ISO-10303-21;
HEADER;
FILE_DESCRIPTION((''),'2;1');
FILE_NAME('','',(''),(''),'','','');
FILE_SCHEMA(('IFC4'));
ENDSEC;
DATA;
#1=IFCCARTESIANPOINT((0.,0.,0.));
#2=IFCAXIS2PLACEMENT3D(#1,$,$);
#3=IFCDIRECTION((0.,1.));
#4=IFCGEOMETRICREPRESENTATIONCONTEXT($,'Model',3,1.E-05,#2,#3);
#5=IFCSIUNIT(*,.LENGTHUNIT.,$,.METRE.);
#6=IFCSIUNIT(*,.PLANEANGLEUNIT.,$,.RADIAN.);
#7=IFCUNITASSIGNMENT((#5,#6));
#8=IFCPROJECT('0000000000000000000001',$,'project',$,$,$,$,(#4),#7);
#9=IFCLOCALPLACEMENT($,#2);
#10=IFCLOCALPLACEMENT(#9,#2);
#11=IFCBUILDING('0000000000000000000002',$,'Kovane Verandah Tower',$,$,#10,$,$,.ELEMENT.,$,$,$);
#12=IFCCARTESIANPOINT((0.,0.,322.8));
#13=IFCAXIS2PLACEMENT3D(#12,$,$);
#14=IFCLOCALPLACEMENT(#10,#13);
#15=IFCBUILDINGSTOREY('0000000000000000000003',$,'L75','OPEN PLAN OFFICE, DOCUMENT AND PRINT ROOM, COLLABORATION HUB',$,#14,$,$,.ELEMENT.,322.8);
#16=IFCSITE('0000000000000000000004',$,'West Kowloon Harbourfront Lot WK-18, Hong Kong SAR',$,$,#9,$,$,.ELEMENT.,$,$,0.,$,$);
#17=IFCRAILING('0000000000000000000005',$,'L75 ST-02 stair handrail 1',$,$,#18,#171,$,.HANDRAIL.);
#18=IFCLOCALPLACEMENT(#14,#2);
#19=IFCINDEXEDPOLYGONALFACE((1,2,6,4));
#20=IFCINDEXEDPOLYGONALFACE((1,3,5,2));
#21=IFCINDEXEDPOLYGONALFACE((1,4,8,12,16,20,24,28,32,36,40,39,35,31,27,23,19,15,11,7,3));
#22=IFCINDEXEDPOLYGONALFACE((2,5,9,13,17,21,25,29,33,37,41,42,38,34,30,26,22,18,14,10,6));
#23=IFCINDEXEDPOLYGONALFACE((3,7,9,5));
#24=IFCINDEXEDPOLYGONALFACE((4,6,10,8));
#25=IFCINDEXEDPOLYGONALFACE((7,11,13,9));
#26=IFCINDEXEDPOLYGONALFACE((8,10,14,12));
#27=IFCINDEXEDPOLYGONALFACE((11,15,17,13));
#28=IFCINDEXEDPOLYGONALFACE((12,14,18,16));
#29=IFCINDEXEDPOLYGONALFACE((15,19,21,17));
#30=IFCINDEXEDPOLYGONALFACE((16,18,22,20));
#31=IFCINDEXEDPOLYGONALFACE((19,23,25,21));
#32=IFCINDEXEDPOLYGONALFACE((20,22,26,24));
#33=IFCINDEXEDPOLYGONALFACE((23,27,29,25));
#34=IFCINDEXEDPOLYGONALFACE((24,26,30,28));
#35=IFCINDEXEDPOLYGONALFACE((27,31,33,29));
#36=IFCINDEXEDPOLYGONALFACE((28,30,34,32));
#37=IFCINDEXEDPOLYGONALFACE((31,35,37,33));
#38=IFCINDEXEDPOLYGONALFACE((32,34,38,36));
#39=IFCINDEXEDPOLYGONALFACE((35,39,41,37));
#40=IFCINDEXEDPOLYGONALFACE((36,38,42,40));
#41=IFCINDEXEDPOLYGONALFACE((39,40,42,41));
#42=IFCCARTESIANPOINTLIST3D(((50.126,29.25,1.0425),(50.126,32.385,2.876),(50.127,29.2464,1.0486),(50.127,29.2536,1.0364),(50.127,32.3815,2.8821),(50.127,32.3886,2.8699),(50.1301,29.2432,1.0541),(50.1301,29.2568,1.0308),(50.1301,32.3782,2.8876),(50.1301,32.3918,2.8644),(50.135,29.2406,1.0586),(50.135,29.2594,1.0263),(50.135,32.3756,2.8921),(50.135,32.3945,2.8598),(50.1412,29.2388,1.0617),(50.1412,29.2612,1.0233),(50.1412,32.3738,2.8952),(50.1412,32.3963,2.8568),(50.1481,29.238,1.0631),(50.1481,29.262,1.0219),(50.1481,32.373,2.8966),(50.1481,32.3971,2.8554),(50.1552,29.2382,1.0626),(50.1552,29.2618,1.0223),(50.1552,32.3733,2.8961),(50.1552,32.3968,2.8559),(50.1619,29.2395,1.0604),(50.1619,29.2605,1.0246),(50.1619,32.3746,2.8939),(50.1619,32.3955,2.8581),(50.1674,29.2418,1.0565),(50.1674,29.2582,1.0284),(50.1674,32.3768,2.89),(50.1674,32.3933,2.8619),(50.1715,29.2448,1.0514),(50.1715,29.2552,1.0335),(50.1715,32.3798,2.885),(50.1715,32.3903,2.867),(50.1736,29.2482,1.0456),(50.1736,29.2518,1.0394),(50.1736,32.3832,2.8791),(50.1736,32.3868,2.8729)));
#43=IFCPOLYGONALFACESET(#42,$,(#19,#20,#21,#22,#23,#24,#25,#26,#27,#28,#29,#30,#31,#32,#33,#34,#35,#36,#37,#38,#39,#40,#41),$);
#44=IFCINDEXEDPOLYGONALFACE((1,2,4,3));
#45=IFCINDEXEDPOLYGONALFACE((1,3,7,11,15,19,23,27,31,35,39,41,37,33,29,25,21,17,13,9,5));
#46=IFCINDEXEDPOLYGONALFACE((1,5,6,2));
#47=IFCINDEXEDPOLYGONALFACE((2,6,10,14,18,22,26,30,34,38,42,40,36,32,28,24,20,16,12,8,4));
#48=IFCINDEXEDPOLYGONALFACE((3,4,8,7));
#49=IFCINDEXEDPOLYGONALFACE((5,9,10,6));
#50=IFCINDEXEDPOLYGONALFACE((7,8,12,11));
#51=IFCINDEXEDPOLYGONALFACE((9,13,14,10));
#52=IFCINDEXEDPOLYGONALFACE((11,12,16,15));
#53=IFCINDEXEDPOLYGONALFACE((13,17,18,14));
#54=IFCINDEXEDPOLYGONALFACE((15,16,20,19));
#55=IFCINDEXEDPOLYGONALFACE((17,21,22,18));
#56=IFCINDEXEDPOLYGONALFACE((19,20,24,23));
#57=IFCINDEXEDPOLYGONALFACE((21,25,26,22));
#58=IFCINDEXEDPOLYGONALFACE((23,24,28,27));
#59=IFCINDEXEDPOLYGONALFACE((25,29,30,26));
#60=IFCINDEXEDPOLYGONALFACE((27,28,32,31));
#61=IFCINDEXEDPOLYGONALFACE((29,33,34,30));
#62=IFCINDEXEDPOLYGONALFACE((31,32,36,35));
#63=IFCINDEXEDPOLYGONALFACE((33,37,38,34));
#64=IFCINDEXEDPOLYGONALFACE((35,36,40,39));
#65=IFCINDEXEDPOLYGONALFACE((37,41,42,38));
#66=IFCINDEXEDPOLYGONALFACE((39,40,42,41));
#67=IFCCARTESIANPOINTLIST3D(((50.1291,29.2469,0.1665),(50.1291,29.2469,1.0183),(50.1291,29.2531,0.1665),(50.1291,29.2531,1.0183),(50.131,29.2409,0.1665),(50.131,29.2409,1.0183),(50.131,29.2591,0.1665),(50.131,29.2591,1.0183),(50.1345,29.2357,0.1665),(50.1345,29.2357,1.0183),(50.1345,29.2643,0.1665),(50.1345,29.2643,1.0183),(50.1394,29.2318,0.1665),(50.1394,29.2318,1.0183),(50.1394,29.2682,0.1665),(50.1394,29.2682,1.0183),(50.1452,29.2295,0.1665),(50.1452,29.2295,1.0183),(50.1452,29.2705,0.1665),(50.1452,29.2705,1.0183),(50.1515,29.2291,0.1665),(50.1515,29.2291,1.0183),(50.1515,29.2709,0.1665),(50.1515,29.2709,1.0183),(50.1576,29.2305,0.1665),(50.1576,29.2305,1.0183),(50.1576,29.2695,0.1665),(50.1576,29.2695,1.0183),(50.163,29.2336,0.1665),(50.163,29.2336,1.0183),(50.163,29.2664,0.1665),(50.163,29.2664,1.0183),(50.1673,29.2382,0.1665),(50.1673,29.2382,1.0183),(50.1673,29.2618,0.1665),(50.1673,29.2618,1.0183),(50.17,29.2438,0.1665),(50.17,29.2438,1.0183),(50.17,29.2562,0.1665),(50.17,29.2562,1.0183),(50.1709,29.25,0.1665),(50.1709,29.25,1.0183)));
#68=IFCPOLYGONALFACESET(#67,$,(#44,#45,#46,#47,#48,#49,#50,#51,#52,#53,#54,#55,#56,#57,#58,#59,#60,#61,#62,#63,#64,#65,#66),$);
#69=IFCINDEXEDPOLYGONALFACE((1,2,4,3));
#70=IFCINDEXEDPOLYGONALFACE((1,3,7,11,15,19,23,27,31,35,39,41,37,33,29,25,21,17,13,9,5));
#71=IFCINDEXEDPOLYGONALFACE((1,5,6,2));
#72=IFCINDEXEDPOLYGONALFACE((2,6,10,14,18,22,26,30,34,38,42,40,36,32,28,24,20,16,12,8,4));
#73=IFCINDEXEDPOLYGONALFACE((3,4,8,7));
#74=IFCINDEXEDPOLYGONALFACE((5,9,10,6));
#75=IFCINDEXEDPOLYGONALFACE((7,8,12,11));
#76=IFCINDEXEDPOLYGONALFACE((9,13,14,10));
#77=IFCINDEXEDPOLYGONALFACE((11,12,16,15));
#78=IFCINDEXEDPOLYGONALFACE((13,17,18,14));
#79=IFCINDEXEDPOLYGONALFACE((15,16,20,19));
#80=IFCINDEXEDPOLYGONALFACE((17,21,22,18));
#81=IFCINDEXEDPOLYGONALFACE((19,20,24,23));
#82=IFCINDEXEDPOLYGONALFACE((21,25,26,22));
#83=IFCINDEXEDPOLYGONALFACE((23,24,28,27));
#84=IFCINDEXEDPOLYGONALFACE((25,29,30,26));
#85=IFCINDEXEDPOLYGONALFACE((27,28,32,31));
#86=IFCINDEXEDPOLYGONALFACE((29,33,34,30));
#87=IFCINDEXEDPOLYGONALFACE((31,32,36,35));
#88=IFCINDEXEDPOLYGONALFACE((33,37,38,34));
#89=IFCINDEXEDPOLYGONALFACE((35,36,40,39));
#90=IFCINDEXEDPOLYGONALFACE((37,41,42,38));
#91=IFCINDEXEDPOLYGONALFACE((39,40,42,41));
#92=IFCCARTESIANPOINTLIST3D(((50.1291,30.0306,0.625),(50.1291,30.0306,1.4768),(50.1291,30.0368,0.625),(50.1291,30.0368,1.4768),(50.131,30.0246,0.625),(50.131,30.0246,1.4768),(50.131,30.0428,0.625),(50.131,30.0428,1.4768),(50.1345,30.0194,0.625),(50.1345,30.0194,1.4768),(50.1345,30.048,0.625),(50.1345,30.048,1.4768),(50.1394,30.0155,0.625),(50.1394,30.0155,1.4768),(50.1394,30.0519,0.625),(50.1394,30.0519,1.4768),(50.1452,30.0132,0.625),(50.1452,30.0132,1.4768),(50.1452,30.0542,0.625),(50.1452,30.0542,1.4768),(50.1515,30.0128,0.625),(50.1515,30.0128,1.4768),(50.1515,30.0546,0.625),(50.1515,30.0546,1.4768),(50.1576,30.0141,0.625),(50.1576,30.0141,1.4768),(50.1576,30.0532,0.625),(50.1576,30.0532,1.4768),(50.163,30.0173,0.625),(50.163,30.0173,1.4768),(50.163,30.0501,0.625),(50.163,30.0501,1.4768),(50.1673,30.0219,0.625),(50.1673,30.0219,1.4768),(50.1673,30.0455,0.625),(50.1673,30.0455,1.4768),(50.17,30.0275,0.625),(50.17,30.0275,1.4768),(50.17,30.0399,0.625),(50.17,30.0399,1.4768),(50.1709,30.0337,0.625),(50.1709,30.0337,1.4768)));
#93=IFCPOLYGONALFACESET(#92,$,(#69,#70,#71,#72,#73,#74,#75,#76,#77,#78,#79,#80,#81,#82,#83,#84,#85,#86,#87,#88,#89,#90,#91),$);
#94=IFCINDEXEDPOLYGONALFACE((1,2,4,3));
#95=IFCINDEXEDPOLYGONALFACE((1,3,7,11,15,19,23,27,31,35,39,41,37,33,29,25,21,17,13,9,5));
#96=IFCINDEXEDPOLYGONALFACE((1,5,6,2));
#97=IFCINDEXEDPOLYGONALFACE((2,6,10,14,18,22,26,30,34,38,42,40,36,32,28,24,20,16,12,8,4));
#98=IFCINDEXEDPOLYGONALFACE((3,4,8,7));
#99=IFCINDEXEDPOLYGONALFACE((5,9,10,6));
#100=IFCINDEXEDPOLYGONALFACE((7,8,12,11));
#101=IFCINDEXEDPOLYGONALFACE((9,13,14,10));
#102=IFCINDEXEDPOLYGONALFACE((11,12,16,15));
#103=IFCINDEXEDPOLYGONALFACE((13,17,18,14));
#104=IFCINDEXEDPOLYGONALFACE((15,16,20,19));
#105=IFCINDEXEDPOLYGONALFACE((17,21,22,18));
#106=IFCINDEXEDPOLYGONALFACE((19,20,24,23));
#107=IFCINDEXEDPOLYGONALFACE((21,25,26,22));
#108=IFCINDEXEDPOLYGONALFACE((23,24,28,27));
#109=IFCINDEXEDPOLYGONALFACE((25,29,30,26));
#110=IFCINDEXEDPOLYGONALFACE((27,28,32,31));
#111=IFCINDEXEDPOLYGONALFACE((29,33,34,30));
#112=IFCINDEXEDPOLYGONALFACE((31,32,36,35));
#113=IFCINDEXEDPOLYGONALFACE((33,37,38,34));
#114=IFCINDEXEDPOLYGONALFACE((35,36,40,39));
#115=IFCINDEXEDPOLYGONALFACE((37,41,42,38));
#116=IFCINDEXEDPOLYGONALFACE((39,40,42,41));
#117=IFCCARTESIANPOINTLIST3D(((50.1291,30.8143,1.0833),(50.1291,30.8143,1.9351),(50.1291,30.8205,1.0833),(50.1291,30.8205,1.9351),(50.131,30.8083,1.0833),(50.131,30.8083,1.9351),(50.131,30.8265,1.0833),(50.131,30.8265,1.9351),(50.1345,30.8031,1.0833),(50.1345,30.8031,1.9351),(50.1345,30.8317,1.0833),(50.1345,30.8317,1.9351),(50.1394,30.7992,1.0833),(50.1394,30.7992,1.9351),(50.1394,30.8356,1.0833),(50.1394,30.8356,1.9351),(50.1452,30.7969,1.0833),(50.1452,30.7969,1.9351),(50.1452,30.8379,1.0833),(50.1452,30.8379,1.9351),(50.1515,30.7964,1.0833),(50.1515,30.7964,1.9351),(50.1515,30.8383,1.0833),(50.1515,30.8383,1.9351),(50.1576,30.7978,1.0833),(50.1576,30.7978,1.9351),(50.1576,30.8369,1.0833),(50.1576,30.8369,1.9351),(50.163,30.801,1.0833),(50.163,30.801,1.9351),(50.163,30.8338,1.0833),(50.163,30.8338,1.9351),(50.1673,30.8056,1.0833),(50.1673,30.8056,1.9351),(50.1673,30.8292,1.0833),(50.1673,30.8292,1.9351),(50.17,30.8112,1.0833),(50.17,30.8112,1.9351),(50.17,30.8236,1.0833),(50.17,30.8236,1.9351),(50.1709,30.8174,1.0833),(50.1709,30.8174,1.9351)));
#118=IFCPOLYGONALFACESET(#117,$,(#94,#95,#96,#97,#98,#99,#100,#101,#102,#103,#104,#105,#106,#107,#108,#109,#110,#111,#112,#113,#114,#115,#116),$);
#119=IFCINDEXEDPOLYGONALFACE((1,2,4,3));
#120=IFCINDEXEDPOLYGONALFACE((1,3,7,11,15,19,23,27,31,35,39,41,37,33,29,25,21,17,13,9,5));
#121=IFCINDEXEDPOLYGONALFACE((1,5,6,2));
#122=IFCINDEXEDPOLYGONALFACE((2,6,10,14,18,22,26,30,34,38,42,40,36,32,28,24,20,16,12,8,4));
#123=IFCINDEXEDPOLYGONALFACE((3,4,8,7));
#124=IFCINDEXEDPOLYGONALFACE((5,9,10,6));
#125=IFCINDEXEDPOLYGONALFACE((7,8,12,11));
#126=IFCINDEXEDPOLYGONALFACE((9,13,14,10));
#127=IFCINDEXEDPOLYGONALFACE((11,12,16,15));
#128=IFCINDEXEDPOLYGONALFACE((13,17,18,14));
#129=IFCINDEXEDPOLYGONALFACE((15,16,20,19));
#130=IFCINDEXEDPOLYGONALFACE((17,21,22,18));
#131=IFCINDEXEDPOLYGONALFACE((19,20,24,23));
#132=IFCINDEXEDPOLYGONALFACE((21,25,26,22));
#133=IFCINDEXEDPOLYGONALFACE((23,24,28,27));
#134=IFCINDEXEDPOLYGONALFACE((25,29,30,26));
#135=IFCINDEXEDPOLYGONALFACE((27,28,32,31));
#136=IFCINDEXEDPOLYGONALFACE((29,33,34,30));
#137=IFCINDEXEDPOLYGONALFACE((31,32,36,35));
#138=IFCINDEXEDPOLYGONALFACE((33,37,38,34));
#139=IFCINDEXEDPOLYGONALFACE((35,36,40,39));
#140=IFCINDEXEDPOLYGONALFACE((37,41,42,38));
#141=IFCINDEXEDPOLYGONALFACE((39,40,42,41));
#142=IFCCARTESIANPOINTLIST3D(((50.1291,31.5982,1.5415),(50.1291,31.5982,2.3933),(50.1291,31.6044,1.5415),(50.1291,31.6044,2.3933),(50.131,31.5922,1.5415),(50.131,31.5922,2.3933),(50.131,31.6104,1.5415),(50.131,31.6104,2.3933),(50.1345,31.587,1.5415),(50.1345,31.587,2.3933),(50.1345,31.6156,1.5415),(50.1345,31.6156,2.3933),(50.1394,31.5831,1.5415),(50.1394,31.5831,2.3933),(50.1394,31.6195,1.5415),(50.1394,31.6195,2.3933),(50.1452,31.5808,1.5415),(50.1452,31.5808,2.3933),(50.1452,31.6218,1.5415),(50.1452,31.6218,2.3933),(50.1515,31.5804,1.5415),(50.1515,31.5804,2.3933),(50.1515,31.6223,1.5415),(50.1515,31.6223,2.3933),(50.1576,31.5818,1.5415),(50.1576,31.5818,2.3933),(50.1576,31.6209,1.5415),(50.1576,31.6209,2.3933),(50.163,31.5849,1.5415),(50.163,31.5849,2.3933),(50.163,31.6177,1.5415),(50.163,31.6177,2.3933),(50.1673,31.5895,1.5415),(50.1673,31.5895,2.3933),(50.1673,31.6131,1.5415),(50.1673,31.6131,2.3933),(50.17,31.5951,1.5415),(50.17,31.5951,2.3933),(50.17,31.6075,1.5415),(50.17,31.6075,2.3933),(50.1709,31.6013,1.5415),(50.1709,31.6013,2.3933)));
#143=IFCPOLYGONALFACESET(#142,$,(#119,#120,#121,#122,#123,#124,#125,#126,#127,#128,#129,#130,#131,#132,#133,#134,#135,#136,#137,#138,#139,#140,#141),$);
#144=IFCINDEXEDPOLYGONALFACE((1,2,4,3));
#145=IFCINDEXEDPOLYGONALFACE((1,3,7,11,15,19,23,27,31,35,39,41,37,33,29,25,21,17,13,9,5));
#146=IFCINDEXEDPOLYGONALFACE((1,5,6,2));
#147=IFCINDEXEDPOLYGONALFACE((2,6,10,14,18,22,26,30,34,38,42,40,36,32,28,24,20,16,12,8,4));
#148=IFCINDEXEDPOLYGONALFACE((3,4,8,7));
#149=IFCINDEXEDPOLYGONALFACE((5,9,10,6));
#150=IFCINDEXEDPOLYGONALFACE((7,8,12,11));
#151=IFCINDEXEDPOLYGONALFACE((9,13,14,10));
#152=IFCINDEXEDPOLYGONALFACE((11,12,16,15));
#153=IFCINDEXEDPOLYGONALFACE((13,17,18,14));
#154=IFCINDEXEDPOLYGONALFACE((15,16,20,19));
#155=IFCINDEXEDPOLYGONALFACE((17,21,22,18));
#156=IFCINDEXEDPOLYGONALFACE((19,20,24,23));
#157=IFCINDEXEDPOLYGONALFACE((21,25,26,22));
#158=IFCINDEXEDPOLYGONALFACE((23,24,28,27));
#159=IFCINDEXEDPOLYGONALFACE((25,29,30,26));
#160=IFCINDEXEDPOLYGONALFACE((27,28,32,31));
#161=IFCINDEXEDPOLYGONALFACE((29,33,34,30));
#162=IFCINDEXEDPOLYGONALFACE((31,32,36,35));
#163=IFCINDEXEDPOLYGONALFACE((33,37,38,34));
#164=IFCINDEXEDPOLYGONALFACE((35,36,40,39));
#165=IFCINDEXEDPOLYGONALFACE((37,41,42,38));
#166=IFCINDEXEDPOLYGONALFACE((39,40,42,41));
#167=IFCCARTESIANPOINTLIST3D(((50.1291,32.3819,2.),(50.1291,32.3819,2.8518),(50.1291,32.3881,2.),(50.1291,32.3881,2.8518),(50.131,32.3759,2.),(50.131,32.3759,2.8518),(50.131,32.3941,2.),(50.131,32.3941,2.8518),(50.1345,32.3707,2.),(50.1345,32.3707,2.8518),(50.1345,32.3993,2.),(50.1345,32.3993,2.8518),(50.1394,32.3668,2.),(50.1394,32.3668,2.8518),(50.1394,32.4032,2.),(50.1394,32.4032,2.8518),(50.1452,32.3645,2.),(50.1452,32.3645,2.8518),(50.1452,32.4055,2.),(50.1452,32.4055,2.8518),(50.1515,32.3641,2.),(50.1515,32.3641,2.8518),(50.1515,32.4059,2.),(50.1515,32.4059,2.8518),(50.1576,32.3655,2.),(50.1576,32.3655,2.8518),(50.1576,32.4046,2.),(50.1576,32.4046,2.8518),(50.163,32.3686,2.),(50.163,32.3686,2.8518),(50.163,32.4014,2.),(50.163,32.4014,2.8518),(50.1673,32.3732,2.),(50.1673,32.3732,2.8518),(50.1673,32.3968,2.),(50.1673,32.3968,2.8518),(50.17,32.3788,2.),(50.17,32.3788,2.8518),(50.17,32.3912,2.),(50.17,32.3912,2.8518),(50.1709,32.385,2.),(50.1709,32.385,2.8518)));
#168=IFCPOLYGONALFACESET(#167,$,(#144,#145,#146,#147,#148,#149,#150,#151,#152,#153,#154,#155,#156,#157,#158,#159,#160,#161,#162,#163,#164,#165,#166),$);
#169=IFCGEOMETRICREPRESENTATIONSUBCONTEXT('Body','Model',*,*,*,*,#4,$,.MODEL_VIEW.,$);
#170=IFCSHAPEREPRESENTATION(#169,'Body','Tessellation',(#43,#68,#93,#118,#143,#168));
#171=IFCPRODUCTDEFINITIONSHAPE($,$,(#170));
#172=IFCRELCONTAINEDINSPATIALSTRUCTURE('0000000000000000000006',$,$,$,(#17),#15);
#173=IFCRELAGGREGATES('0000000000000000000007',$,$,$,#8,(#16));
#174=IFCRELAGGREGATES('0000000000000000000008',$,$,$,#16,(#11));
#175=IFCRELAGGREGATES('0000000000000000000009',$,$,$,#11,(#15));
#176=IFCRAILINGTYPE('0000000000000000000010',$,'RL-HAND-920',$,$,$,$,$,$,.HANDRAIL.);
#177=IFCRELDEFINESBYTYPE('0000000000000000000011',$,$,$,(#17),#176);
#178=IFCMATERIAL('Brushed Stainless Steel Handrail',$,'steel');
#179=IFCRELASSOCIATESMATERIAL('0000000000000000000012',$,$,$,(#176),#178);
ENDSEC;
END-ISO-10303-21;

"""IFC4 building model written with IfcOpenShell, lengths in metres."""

from ifc_helpers import new_model, si_unit, direction, frame, origin, origin_2d, place, context, subcontext, project, spatial, circle, extrude, material, type_object, element, save


model = new_model("IFC4")

# Units and contexts
model_context = context("Model", 3, precision=1e-05, world=origin(), true_north=direction((0.0, 1.0)))
body_context = subcontext(model_context, "Body", "Model", "MODEL_VIEW")
ifc_project = project(units=[si_unit("LENGTHUNIT", "METRE"), si_unit("PLANEANGLEUNIT", "RADIAN")], contexts=[model_context])

# Site, building, storey
site_placement = place(None, origin())
site = spatial("IfcSite", under=ifc_project, at=site_placement, Name="West Kowloon Harbourfront Lot WK-18, Hong Kong SAR", CompositionType="ELEMENT", RefElevation=0.0)
building_placement = place(site_placement, origin())
building = spatial("IfcBuilding", under=site, at=building_placement, Name="Kovane Verandah Tower", CompositionType="ELEMENT")
storey_placement = place(building_placement, frame((0.0, 0.0, 322.8)))
storey = spatial("IfcBuildingStorey", under=building, at=storey_placement, Name="L75", Description="OPEN PLAN OFFICE, DOCUMENT AND PRINT ROOM, COLLABORATION HUB", CompositionType="ELEMENT", Elevation=322.8)

# Railing
ifc_material_1 = material(Name="Brushed Stainless Steel Handrail", Category="steel")
railing_type_1 = type_object("IfcRailingType", Name="RL-HAND-920", PredefinedType="HANDRAIL", material=ifc_material_1)
railing_1_placement = place(storey_placement, frame((50.1499, 29.25, 0.1665)))
element("IfcRailing", 1, at=railing_1_placement, inside=storey, type_object=railing_type_1, Name="L75 ST-02 stair handrail 1", PredefinedType="HANDRAIL", context=body_context, shape_type="SweptSolid", body=[
    extrude(circle(Radius=0.0239, at=origin_2d()), frame((0.0, 0.0, 0.876), z_axis=(0.0, 0.86321, 0.504845), x_axis=(-1.0, 0.0, 0.0)), (0.0, 0.0, 1.0), 3.6318),
    extrude(circle(Radius=0.021, at=origin_2d()), origin(), (0.0, 0.0, 1.0), 0.8518),
    extrude(circle(Radius=0.021, at=origin_2d()), frame((0.0, 0.7837, 0.4585)), (0.0, 0.0, 1.0), 0.8518),
    extrude(circle(Radius=0.021, at=origin_2d()), frame((0.0, 1.5674, 0.9167)), (0.0, 0.0, 1.0), 0.8518),
    extrude(circle(Radius=0.021, at=origin_2d()), frame((0.0, 2.3513, 1.375)), (0.0, 0.0, 1.0), 0.8518),
    extrude(circle(Radius=0.021, at=origin_2d()), frame((0.0, 3.135, 1.8335)), (0.0, 0.0, 1.0), 0.8518),
])

save(model, "model.ifc")
